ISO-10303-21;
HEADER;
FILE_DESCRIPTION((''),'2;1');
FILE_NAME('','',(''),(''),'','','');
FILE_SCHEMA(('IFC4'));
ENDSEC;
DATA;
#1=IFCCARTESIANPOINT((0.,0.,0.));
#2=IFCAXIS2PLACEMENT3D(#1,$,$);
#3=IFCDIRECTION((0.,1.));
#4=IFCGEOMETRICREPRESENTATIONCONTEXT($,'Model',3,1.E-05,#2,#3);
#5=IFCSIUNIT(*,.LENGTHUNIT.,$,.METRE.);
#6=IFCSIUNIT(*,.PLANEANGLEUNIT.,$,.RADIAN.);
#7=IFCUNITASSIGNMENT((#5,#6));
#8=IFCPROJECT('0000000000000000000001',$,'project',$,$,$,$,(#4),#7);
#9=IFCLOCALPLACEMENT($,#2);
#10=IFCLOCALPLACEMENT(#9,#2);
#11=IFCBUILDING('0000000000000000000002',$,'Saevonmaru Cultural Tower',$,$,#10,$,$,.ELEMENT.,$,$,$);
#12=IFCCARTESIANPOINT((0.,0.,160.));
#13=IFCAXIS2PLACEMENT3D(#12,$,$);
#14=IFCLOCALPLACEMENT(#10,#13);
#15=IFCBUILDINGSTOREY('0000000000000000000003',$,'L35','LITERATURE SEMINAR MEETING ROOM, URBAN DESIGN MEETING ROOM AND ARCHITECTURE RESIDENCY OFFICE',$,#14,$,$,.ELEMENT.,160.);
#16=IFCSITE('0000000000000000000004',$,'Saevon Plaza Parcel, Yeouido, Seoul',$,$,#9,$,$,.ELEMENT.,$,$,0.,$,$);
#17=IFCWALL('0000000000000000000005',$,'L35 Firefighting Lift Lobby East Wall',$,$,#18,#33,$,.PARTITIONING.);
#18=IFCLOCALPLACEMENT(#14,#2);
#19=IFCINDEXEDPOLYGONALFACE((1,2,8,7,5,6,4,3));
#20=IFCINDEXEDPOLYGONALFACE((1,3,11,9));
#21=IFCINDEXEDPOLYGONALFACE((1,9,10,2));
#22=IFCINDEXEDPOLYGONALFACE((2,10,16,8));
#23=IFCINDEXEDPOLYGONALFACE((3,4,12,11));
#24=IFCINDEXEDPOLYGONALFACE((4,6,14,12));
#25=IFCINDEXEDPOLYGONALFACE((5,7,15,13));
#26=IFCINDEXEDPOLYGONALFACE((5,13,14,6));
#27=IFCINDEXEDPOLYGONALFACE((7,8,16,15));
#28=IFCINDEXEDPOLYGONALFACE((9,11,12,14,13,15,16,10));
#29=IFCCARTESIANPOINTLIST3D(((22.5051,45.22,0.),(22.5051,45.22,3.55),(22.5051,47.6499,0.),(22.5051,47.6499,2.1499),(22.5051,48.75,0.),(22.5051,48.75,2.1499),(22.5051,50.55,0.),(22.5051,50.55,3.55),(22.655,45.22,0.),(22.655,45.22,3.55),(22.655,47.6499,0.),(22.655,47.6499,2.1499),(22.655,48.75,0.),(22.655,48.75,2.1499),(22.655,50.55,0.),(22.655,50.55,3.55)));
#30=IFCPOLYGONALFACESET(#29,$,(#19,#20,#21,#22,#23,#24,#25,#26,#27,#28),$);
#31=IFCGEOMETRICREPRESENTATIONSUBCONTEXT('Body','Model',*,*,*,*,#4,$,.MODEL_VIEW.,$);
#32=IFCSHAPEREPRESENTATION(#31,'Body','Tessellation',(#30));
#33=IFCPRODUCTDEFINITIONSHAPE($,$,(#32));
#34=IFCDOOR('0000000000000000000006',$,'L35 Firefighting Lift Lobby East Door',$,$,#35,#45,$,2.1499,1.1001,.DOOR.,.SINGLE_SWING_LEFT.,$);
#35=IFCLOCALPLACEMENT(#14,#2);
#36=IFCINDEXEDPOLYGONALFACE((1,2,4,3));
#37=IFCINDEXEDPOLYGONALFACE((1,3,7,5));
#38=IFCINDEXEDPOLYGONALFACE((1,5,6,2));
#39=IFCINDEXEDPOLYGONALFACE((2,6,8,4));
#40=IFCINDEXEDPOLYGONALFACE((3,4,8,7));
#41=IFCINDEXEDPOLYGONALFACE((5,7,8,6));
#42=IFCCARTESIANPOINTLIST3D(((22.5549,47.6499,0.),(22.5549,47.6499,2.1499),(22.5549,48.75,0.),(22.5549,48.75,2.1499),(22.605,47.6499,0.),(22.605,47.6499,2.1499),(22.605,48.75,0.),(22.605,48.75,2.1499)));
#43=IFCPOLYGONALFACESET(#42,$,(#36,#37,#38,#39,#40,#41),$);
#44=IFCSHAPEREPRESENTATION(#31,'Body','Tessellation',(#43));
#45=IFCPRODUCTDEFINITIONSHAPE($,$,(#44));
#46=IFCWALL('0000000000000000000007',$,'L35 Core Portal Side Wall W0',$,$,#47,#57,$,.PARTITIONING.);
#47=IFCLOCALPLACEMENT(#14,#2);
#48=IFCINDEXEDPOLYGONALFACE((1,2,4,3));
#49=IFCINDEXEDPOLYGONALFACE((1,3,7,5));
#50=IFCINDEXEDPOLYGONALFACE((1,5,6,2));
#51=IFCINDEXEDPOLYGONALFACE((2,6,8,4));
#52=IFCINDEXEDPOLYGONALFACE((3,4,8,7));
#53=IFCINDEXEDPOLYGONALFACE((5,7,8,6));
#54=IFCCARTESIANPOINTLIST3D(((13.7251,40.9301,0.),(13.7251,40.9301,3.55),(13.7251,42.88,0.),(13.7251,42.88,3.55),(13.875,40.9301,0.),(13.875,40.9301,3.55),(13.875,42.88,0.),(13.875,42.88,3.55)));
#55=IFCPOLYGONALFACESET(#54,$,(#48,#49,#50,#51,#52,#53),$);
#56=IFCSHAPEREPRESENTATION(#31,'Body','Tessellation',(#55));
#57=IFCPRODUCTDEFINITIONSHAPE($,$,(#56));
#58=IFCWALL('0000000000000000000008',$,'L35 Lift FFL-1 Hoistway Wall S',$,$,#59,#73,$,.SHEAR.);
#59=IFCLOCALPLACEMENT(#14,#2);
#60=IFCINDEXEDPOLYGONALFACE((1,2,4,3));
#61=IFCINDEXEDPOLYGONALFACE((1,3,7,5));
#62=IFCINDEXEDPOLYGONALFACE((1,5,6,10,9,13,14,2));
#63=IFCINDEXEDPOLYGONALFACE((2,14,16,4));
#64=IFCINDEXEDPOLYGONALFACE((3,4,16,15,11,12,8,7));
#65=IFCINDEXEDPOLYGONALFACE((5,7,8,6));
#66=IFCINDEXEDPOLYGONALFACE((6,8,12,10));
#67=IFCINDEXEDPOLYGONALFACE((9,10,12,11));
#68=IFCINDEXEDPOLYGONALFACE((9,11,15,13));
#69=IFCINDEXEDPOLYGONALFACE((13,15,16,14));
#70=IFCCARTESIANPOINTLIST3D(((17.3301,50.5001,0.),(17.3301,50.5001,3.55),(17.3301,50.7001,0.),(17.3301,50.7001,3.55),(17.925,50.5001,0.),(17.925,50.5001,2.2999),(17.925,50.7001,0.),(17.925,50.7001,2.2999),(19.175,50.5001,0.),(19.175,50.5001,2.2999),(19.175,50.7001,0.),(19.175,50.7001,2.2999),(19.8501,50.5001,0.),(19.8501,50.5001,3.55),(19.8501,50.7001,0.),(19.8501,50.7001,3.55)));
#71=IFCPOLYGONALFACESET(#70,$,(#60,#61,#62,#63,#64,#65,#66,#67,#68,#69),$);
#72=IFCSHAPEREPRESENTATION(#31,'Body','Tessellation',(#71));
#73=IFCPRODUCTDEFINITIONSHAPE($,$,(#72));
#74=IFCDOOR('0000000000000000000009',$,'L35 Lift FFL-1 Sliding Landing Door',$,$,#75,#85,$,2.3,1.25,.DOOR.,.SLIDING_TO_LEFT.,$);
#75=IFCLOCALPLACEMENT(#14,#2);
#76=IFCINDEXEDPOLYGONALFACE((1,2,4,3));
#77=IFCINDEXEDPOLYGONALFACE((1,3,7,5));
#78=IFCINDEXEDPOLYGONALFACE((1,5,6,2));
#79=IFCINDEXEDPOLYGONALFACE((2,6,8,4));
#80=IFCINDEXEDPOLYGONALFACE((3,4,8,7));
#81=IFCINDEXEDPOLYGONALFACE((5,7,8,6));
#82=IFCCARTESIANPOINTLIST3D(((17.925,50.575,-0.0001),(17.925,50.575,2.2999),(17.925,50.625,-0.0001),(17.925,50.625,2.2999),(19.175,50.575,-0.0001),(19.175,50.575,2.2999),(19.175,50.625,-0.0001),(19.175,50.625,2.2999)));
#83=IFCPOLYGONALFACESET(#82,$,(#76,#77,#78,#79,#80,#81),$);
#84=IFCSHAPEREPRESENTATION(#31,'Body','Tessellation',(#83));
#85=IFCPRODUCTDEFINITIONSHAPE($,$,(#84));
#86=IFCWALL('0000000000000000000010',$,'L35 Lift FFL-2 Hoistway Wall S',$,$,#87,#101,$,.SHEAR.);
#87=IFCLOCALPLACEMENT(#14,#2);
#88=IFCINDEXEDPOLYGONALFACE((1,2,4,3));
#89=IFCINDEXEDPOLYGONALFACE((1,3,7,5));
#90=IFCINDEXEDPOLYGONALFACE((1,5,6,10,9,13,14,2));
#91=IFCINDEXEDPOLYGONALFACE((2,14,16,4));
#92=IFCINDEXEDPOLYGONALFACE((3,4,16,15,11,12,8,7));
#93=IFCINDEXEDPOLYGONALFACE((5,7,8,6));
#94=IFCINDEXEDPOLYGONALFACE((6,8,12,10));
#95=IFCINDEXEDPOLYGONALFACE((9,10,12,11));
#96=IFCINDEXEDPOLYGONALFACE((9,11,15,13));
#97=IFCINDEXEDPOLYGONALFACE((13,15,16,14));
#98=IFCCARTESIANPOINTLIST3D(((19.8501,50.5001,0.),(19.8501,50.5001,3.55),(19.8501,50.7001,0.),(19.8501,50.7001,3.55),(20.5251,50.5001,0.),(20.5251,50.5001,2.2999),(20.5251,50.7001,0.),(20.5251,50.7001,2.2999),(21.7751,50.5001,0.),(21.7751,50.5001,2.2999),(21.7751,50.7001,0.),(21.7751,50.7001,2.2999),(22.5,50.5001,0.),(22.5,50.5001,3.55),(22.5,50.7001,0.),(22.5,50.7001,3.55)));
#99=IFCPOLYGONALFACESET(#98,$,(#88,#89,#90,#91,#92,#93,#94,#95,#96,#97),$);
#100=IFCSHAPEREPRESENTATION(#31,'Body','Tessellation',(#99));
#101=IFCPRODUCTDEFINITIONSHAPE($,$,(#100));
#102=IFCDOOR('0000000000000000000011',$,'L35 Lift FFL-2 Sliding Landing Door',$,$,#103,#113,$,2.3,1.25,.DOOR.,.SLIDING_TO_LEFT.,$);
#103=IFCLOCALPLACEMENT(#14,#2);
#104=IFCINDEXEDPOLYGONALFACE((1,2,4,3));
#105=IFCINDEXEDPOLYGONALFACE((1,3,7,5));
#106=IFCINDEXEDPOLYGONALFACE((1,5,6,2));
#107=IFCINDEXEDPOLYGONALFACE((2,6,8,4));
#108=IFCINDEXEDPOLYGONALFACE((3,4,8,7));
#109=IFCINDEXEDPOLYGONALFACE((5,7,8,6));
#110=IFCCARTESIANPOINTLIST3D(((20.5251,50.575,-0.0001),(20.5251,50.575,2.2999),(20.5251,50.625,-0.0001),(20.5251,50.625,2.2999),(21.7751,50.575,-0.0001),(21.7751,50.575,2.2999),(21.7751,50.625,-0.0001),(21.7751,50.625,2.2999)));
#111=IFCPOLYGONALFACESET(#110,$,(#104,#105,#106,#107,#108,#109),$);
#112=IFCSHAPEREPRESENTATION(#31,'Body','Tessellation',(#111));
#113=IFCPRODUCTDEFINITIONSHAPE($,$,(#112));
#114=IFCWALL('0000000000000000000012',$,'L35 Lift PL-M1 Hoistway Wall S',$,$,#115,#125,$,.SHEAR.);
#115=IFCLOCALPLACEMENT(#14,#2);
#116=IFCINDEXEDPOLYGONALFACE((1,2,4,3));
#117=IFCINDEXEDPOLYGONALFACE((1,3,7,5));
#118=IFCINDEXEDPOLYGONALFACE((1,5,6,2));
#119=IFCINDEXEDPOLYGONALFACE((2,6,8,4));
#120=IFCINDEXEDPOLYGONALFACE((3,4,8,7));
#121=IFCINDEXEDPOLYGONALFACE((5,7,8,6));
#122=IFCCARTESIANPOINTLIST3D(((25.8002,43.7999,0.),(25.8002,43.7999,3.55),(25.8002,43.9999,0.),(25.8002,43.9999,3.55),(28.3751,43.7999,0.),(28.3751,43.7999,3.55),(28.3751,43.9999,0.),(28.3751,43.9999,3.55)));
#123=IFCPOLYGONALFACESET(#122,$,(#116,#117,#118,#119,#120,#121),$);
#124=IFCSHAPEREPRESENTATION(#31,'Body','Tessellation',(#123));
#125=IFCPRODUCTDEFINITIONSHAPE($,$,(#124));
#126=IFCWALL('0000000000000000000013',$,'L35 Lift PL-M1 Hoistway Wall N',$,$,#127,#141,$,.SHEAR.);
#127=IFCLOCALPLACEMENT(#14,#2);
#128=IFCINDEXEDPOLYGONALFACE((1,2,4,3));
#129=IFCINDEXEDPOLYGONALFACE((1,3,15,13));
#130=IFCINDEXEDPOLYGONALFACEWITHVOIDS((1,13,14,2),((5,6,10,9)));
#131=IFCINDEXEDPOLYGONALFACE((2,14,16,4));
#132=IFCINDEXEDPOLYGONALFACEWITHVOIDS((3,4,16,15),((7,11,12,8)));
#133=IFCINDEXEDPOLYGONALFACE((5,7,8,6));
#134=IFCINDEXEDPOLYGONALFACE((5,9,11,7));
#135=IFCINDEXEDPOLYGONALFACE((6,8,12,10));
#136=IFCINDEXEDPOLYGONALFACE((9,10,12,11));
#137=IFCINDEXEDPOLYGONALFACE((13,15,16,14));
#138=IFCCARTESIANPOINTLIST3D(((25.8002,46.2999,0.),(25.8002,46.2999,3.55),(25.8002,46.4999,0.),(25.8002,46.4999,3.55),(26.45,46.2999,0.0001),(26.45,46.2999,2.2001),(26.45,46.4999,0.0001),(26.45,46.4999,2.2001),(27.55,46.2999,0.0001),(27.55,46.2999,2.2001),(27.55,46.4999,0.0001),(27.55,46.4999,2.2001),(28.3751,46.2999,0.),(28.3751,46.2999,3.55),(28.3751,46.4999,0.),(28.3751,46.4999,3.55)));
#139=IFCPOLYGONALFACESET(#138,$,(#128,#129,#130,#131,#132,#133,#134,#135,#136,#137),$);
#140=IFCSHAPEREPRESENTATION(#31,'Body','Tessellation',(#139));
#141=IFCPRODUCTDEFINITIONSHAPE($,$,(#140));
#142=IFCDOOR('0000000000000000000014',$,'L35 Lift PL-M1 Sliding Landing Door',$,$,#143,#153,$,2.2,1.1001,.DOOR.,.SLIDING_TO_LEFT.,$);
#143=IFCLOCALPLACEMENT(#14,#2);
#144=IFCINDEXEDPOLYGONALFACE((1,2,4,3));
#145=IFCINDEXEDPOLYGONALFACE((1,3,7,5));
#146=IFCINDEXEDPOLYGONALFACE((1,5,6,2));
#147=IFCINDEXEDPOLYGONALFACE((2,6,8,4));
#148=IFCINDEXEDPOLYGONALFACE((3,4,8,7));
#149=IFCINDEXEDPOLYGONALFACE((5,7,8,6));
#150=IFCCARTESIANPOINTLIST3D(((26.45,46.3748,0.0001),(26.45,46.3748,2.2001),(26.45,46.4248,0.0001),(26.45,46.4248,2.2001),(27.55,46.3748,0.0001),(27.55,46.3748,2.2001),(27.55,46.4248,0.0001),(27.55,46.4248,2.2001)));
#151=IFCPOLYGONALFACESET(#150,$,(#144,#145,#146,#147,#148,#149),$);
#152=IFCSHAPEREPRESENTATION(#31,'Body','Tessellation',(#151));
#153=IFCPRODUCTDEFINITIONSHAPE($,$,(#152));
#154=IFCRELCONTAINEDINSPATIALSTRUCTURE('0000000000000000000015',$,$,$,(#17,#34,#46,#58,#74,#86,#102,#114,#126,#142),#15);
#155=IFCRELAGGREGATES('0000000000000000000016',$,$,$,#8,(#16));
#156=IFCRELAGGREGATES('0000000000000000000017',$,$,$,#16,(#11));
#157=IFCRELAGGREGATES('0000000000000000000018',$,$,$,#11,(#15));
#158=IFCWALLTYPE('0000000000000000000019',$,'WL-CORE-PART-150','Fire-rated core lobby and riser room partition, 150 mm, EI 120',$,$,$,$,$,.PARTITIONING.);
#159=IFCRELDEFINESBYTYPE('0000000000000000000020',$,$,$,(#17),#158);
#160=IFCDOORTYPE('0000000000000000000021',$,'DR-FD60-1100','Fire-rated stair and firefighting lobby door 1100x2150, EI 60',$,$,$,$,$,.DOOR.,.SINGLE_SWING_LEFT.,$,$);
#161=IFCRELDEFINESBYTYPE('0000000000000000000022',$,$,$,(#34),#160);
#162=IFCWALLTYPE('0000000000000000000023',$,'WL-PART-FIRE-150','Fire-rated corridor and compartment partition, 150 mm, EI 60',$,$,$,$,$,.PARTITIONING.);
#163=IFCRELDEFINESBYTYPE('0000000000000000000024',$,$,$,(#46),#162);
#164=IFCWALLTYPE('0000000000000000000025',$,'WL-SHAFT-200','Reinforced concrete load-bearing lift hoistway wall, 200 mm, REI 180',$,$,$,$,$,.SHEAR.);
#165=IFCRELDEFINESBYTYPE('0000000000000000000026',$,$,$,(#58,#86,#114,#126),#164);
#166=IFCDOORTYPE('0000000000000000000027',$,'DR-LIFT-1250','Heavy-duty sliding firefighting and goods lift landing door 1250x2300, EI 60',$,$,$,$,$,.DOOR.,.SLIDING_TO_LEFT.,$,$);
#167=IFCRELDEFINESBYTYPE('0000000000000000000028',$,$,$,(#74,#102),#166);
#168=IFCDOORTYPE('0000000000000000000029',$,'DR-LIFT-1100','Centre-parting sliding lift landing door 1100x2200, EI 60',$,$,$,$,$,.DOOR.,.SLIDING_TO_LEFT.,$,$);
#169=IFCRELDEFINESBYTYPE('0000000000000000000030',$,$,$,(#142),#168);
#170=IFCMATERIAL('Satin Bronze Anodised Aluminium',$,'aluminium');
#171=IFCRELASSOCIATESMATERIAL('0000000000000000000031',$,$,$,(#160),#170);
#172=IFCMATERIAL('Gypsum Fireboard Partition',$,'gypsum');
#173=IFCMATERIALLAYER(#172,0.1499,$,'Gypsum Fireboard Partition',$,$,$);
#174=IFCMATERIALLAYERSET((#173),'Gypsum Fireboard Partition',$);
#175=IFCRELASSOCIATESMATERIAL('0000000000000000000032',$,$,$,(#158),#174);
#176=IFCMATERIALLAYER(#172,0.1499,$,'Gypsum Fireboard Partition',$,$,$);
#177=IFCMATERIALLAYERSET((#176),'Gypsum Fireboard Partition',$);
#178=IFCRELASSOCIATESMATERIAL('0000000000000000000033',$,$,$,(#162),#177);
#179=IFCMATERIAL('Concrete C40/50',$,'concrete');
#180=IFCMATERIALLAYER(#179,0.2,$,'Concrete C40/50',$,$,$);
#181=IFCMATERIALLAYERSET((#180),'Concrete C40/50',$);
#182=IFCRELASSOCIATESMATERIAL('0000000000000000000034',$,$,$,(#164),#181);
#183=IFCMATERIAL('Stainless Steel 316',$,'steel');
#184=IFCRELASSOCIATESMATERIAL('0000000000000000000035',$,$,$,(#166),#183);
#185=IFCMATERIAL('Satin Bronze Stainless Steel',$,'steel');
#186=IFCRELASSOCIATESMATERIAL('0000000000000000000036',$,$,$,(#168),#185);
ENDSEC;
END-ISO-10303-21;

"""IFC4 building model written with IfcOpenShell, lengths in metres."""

from ifc_helpers import new_model, si_unit, direction, frame, frame_2d, origin, place, context, subcontext, project, spatial, rectangle, extrude, material, layer, layer_set, type_object, element, fill, save


model = new_model("IFC4")

# Units and contexts
model_context = context("Model", 3, precision=1e-05, world=origin(), true_north=direction((0.0, 1.0)))
body_context = subcontext(model_context, "Body", "Model", "MODEL_VIEW")
ifc_project = project(units=[si_unit("LENGTHUNIT", "METRE"), si_unit("PLANEANGLEUNIT", "RADIAN")], contexts=[model_context])

# Site, building, storey
site_placement = place(None, origin())
site = spatial("IfcSite", under=ifc_project, at=site_placement, Name="Saevon Plaza Parcel, Yeouido, Seoul", CompositionType="ELEMENT", RefElevation=0.0)
building_placement = place(site_placement, origin())
building = spatial("IfcBuilding", under=site, at=building_placement, Name="Saevonmaru Cultural Tower", CompositionType="ELEMENT")
storey_placement = place(building_placement, frame((0.0, 0.0, 160.0)))
storey = spatial("IfcBuildingStorey", under=building, at=storey_placement, Name="L35", Description="LITERATURE SEMINAR MEETING ROOM, URBAN DESIGN MEETING ROOM AND ARCHITECTURE RESIDENCY OFFICE", CompositionType="ELEMENT", Elevation=160.0)

# Shared definitions
ifc_material_1 = material(Name="Satin Bronze Anodised Aluminium", Category="aluminium")
door_type_1 = type_object("IfcDoorType", Name="DR-FD60-1100", Description="Fire-rated stair and firefighting lobby door 1100x2150, EI 60", OperationType="SINGLE_SWING_LEFT", PredefinedType="DOOR", material=ifc_material_1)

# Wall, opening, door
ifc_material_2 = material(Name="Gypsum Fireboard Partition", Category="gypsum")
ifc_layer_1 = layer(ifc_material_2, 0.1499, Name="Gypsum Fireboard Partition")
ifc_layer_set_1 = layer_set([ifc_layer_1], Name="Gypsum Fireboard Partition")
wall_type_1 = type_object("IfcWallType", Name="WL-CORE-PART-150", Description="Fire-rated core lobby and riser room partition, 150 mm, EI 120", PredefinedType="PARTITIONING", material=ifc_layer_set_1)
wall_1_placement = place(storey_placement, frame((22.5801, 50.55, 0.0), z_axis=(0.0, 0.0, 1.0), x_axis=(0.0, -1.0, 0.0)))
wall_1 = element("IfcWall", 1, at=wall_1_placement, inside=storey, type_object=wall_type_1, Name="L35 Firefighting Lift Lobby East Wall", PredefinedType="PARTITIONING", context=body_context, shape_type="SweptSolid", body=[
    extrude(rectangle(XDim=5.3301, YDim=0.1499, at=frame_2d((2.665, 0.0))), origin(), (0.0, 0.0, 1.0), 3.55),
])
opening_1_placement = place(wall_1_placement, frame((1.8, 0.0, 0.0)))
opening_1 = element("IfcOpeningElement", 2, at=opening_1_placement, cuts=wall_1, PredefinedType="OPENING", context=body_context, shape_type="SweptSolid", body=[
    extrude(rectangle(XDim=1.1001, YDim=2.1499, at=frame_2d((0.55, 1.075))), frame((0.0, 0.085, 0.0), z_axis=(0.0, -1.0, 0.0), x_axis=(1.0, 0.0, 0.0)), (0.0, 0.0, 1.0), 0.1699),
])
door_1_placement = place(opening_1_placement, origin())
door_1 = element("IfcDoor", 3, at=door_1_placement, inside=storey, type_object=door_type_1, Name="L35 Firefighting Lift Lobby East Door", OperationType="SINGLE_SWING_LEFT", OverallHeight=2.1499, OverallWidth=1.1001, PredefinedType="DOOR", context=body_context, shape_type="SweptSolid", body=[
    extrude(rectangle(XDim=1.1001, YDim=2.1499, at=frame_2d((0.55, 1.075))), frame((0.0, 0.0249, 0.0), z_axis=(0.0, -1.0, 0.0), x_axis=(1.0, 0.0, 0.0)), (0.0, 0.0, 1.0), 0.05),
])
fill(opening_1, door_1)

# Wall
ifc_layer_2 = layer(ifc_material_2, 0.1499, Name="Gypsum Fireboard Partition")
ifc_layer_set_2 = layer_set([ifc_layer_2], Name="Gypsum Fireboard Partition")
wall_type_2 = type_object("IfcWallType", Name="WL-PART-FIRE-150", Description="Fire-rated corridor and compartment partition, 150 mm, EI 60", PredefinedType="PARTITIONING", material=ifc_layer_set_2)
wall_2_placement = place(storey_placement, frame((13.8, 40.9299, 0.0), z_axis=(0.0, 0.0, 1.0), x_axis=(0.0, 1.0, 0.0)))
element("IfcWall", 4, at=wall_2_placement, inside=storey, type_object=wall_type_2, Name="L35 Core Portal Side Wall W0", PredefinedType="PARTITIONING", context=body_context, shape_type="SweptSolid", body=[
    extrude(rectangle(XDim=1.95, YDim=0.1499, at=frame_2d((0.9751, 0.0))), origin(), (0.0, 0.0, 1.0), 3.55),
])

# Walls, openings, doors
ifc_material_3 = material(Name="Concrete C40/50", Category="concrete")
ifc_layer_3 = layer(ifc_material_3, 0.2, Name="Concrete C40/50")
ifc_layer_set_3 = layer_set([ifc_layer_3], Name="Concrete C40/50")
wall_type_3 = type_object("IfcWallType", Name="WL-SHAFT-200", Description="Reinforced concrete load-bearing lift hoistway wall, 200 mm, REI 180", PredefinedType="SHEAR", material=ifc_layer_set_3)
wall_3_placement = place(storey_placement, frame((17.3301, 50.6001, 0.0), z_axis=(0.0, 0.0, 1.0), x_axis=(1.0, 0.0, 0.0)))
wall_3 = element("IfcWall", 5, at=wall_3_placement, inside=storey, type_object=wall_type_3, Name="L35 Lift FFL-1 Hoistway Wall S", PredefinedType="SHEAR", context=body_context, shape_type="SweptSolid", body=[
    extrude(rectangle(XDim=2.52, YDim=0.2, at=frame_2d((1.26, 0.0))), origin(), (0.0, 0.0, 1.0), 3.55),
])
opening_2_placement = place(wall_3_placement, frame((0.595, 0.0, 0.0)))
opening_2 = element("IfcOpeningElement", 6, at=opening_2_placement, cuts=wall_3, PredefinedType="OPENING", context=body_context, shape_type="SweptSolid", body=[
    extrude(rectangle(XDim=1.25, YDim=2.3, at=frame_2d((0.625, 1.1499))), frame((0.0, 0.1099, 0.0), z_axis=(0.0, -1.0, 0.0), x_axis=(1.0, 0.0, 0.0)), (0.0, 0.0, 1.0), 0.22),
])
ifc_material_4 = material(Name="Stainless Steel 316", Category="steel")
door_type_2 = type_object("IfcDoorType", Name="DR-LIFT-1250", Description="Heavy-duty sliding firefighting and goods lift landing door 1250x2300, EI 60", OperationType="SLIDING_TO_LEFT", PredefinedType="DOOR", material=ifc_material_4)
door_2_placement = place(opening_2_placement, origin())
door_2 = element("IfcDoor", 7, at=door_2_placement, inside=storey, type_object=door_type_2, Name="L35 Lift FFL-1 Sliding Landing Door", OperationType="SLIDING_TO_LEFT", OverallHeight=2.3, OverallWidth=1.25, PredefinedType="DOOR", context=body_context, shape_type="SweptSolid", body=[
    extrude(rectangle(XDim=1.25, YDim=2.3, at=frame_2d((0.625, 1.1499))), frame((0.0, 0.0249, 0.0), z_axis=(0.0, -1.0, 0.0), x_axis=(1.0, 0.0, 0.0)), (0.0, 0.0, 1.0), 0.05),
])
fill(opening_2, door_2)
wall_4_placement = place(storey_placement, frame((19.8501, 50.6001, 0.0), z_axis=(0.0, 0.0, 1.0), x_axis=(1.0, 0.0, 0.0)))
wall_4 = element("IfcWall", 8, at=wall_4_placement, inside=storey, type_object=wall_type_3, Name="L35 Lift FFL-2 Hoistway Wall S", PredefinedType="SHEAR", context=body_context, shape_type="SweptSolid", body=[
    extrude(rectangle(XDim=2.6499, YDim=0.2, at=frame_2d((1.325, 0.0))), origin(), (0.0, 0.0, 1.0), 3.55),
])
opening_3_placement = place(wall_4_placement, frame((0.675, 0.0, 0.0)))
opening_3 = element("IfcOpeningElement", 9, at=opening_3_placement, cuts=wall_4, PredefinedType="OPENING", context=body_context, shape_type="SweptSolid", body=[
    extrude(rectangle(XDim=1.25, YDim=2.3, at=frame_2d((0.625, 1.1499))), frame((0.0, 0.1099, 0.0), z_axis=(0.0, -1.0, 0.0), x_axis=(1.0, 0.0, 0.0)), (0.0, 0.0, 1.0), 0.22),
])
door_3_placement = place(opening_3_placement, origin())
door_3 = element("IfcDoor", 10, at=door_3_placement, inside=storey, type_object=door_type_2, Name="L35 Lift FFL-2 Sliding Landing Door", OperationType="SLIDING_TO_LEFT", OverallHeight=2.3, OverallWidth=1.25, PredefinedType="DOOR", context=body_context, shape_type="SweptSolid", body=[
    extrude(rectangle(XDim=1.25, YDim=2.3, at=frame_2d((0.625, 1.1499))), frame((0.0, 0.0249, 0.0), z_axis=(0.0, -1.0, 0.0), x_axis=(1.0, 0.0, 0.0)), (0.0, 0.0, 1.0), 0.05),
])
fill(opening_3, door_3)

# Wall
wall_5_placement = place(storey_placement, frame((25.8, 43.8999, 0.0), z_axis=(0.0, 0.0, 1.0), x_axis=(1.0, 0.0, 0.0)))
element("IfcWall", 11, at=wall_5_placement, inside=storey, type_object=wall_type_3, Name="L35 Lift PL-M1 Hoistway Wall S", PredefinedType="SHEAR", context=body_context, shape_type="SweptSolid", body=[
    extrude(rectangle(XDim=2.575, YDim=0.2, at=frame_2d((1.2876, 0.0))), origin(), (0.0, 0.0, 1.0), 3.55),
])

# Wall, opening, door
wall_6_placement = place(storey_placement, frame((25.8, 46.3999, 0.0), z_axis=(0.0, 0.0, 1.0), x_axis=(1.0, 0.0, 0.0)))
wall_6 = element("IfcWall", 12, at=wall_6_placement, inside=storey, type_object=wall_type_3, Name="L35 Lift PL-M1 Hoistway Wall N", PredefinedType="SHEAR", context=body_context, shape_type="SweptSolid", body=[
    extrude(rectangle(XDim=2.575, YDim=0.2, at=frame_2d((1.2876, 0.0))), origin(), (0.0, 0.0, 1.0), 3.55),
])
opening_4_placement = place(wall_6_placement, frame((0.6499, 0.0, 0.0)))
opening_4 = element("IfcOpeningElement", 13, at=opening_4_placement, cuts=wall_6, PredefinedType="OPENING", context=body_context, shape_type="SweptSolid", body=[
    extrude(rectangle(XDim=1.1001, YDim=2.2, at=frame_2d((0.55, 1.1001))), frame((0.0, 0.1099, 0.0), z_axis=(0.0, -1.0, 0.0), x_axis=(1.0, 0.0, 0.0)), (0.0, 0.0, 1.0), 0.22),
])
ifc_material_5 = material(Name="Satin Bronze Stainless Steel", Category="steel")
door_type_3 = type_object("IfcDoorType", Name="DR-LIFT-1100", Description="Centre-parting sliding lift landing door 1100x2200, EI 60", OperationType="SLIDING_TO_LEFT", PredefinedType="DOOR", material=ifc_material_5)
door_4_placement = place(opening_4_placement, origin())
door_4 = element("IfcDoor", 14, at=door_4_placement, inside=storey, type_object=door_type_3, Name="L35 Lift PL-M1 Sliding Landing Door", OperationType="SLIDING_TO_LEFT", OverallHeight=2.2, OverallWidth=1.1001, PredefinedType="DOOR", context=body_context, shape_type="SweptSolid", body=[
    extrude(rectangle(XDim=1.1001, YDim=2.2, at=frame_2d((0.55, 1.1001))), frame((0.0, 0.0249, 0.0), z_axis=(0.0, -1.0, 0.0), x_axis=(1.0, 0.0, 0.0)), (0.0, 0.0, 1.0), 0.05),
])
fill(opening_4, door_4)

save(model, "model.ifc")
